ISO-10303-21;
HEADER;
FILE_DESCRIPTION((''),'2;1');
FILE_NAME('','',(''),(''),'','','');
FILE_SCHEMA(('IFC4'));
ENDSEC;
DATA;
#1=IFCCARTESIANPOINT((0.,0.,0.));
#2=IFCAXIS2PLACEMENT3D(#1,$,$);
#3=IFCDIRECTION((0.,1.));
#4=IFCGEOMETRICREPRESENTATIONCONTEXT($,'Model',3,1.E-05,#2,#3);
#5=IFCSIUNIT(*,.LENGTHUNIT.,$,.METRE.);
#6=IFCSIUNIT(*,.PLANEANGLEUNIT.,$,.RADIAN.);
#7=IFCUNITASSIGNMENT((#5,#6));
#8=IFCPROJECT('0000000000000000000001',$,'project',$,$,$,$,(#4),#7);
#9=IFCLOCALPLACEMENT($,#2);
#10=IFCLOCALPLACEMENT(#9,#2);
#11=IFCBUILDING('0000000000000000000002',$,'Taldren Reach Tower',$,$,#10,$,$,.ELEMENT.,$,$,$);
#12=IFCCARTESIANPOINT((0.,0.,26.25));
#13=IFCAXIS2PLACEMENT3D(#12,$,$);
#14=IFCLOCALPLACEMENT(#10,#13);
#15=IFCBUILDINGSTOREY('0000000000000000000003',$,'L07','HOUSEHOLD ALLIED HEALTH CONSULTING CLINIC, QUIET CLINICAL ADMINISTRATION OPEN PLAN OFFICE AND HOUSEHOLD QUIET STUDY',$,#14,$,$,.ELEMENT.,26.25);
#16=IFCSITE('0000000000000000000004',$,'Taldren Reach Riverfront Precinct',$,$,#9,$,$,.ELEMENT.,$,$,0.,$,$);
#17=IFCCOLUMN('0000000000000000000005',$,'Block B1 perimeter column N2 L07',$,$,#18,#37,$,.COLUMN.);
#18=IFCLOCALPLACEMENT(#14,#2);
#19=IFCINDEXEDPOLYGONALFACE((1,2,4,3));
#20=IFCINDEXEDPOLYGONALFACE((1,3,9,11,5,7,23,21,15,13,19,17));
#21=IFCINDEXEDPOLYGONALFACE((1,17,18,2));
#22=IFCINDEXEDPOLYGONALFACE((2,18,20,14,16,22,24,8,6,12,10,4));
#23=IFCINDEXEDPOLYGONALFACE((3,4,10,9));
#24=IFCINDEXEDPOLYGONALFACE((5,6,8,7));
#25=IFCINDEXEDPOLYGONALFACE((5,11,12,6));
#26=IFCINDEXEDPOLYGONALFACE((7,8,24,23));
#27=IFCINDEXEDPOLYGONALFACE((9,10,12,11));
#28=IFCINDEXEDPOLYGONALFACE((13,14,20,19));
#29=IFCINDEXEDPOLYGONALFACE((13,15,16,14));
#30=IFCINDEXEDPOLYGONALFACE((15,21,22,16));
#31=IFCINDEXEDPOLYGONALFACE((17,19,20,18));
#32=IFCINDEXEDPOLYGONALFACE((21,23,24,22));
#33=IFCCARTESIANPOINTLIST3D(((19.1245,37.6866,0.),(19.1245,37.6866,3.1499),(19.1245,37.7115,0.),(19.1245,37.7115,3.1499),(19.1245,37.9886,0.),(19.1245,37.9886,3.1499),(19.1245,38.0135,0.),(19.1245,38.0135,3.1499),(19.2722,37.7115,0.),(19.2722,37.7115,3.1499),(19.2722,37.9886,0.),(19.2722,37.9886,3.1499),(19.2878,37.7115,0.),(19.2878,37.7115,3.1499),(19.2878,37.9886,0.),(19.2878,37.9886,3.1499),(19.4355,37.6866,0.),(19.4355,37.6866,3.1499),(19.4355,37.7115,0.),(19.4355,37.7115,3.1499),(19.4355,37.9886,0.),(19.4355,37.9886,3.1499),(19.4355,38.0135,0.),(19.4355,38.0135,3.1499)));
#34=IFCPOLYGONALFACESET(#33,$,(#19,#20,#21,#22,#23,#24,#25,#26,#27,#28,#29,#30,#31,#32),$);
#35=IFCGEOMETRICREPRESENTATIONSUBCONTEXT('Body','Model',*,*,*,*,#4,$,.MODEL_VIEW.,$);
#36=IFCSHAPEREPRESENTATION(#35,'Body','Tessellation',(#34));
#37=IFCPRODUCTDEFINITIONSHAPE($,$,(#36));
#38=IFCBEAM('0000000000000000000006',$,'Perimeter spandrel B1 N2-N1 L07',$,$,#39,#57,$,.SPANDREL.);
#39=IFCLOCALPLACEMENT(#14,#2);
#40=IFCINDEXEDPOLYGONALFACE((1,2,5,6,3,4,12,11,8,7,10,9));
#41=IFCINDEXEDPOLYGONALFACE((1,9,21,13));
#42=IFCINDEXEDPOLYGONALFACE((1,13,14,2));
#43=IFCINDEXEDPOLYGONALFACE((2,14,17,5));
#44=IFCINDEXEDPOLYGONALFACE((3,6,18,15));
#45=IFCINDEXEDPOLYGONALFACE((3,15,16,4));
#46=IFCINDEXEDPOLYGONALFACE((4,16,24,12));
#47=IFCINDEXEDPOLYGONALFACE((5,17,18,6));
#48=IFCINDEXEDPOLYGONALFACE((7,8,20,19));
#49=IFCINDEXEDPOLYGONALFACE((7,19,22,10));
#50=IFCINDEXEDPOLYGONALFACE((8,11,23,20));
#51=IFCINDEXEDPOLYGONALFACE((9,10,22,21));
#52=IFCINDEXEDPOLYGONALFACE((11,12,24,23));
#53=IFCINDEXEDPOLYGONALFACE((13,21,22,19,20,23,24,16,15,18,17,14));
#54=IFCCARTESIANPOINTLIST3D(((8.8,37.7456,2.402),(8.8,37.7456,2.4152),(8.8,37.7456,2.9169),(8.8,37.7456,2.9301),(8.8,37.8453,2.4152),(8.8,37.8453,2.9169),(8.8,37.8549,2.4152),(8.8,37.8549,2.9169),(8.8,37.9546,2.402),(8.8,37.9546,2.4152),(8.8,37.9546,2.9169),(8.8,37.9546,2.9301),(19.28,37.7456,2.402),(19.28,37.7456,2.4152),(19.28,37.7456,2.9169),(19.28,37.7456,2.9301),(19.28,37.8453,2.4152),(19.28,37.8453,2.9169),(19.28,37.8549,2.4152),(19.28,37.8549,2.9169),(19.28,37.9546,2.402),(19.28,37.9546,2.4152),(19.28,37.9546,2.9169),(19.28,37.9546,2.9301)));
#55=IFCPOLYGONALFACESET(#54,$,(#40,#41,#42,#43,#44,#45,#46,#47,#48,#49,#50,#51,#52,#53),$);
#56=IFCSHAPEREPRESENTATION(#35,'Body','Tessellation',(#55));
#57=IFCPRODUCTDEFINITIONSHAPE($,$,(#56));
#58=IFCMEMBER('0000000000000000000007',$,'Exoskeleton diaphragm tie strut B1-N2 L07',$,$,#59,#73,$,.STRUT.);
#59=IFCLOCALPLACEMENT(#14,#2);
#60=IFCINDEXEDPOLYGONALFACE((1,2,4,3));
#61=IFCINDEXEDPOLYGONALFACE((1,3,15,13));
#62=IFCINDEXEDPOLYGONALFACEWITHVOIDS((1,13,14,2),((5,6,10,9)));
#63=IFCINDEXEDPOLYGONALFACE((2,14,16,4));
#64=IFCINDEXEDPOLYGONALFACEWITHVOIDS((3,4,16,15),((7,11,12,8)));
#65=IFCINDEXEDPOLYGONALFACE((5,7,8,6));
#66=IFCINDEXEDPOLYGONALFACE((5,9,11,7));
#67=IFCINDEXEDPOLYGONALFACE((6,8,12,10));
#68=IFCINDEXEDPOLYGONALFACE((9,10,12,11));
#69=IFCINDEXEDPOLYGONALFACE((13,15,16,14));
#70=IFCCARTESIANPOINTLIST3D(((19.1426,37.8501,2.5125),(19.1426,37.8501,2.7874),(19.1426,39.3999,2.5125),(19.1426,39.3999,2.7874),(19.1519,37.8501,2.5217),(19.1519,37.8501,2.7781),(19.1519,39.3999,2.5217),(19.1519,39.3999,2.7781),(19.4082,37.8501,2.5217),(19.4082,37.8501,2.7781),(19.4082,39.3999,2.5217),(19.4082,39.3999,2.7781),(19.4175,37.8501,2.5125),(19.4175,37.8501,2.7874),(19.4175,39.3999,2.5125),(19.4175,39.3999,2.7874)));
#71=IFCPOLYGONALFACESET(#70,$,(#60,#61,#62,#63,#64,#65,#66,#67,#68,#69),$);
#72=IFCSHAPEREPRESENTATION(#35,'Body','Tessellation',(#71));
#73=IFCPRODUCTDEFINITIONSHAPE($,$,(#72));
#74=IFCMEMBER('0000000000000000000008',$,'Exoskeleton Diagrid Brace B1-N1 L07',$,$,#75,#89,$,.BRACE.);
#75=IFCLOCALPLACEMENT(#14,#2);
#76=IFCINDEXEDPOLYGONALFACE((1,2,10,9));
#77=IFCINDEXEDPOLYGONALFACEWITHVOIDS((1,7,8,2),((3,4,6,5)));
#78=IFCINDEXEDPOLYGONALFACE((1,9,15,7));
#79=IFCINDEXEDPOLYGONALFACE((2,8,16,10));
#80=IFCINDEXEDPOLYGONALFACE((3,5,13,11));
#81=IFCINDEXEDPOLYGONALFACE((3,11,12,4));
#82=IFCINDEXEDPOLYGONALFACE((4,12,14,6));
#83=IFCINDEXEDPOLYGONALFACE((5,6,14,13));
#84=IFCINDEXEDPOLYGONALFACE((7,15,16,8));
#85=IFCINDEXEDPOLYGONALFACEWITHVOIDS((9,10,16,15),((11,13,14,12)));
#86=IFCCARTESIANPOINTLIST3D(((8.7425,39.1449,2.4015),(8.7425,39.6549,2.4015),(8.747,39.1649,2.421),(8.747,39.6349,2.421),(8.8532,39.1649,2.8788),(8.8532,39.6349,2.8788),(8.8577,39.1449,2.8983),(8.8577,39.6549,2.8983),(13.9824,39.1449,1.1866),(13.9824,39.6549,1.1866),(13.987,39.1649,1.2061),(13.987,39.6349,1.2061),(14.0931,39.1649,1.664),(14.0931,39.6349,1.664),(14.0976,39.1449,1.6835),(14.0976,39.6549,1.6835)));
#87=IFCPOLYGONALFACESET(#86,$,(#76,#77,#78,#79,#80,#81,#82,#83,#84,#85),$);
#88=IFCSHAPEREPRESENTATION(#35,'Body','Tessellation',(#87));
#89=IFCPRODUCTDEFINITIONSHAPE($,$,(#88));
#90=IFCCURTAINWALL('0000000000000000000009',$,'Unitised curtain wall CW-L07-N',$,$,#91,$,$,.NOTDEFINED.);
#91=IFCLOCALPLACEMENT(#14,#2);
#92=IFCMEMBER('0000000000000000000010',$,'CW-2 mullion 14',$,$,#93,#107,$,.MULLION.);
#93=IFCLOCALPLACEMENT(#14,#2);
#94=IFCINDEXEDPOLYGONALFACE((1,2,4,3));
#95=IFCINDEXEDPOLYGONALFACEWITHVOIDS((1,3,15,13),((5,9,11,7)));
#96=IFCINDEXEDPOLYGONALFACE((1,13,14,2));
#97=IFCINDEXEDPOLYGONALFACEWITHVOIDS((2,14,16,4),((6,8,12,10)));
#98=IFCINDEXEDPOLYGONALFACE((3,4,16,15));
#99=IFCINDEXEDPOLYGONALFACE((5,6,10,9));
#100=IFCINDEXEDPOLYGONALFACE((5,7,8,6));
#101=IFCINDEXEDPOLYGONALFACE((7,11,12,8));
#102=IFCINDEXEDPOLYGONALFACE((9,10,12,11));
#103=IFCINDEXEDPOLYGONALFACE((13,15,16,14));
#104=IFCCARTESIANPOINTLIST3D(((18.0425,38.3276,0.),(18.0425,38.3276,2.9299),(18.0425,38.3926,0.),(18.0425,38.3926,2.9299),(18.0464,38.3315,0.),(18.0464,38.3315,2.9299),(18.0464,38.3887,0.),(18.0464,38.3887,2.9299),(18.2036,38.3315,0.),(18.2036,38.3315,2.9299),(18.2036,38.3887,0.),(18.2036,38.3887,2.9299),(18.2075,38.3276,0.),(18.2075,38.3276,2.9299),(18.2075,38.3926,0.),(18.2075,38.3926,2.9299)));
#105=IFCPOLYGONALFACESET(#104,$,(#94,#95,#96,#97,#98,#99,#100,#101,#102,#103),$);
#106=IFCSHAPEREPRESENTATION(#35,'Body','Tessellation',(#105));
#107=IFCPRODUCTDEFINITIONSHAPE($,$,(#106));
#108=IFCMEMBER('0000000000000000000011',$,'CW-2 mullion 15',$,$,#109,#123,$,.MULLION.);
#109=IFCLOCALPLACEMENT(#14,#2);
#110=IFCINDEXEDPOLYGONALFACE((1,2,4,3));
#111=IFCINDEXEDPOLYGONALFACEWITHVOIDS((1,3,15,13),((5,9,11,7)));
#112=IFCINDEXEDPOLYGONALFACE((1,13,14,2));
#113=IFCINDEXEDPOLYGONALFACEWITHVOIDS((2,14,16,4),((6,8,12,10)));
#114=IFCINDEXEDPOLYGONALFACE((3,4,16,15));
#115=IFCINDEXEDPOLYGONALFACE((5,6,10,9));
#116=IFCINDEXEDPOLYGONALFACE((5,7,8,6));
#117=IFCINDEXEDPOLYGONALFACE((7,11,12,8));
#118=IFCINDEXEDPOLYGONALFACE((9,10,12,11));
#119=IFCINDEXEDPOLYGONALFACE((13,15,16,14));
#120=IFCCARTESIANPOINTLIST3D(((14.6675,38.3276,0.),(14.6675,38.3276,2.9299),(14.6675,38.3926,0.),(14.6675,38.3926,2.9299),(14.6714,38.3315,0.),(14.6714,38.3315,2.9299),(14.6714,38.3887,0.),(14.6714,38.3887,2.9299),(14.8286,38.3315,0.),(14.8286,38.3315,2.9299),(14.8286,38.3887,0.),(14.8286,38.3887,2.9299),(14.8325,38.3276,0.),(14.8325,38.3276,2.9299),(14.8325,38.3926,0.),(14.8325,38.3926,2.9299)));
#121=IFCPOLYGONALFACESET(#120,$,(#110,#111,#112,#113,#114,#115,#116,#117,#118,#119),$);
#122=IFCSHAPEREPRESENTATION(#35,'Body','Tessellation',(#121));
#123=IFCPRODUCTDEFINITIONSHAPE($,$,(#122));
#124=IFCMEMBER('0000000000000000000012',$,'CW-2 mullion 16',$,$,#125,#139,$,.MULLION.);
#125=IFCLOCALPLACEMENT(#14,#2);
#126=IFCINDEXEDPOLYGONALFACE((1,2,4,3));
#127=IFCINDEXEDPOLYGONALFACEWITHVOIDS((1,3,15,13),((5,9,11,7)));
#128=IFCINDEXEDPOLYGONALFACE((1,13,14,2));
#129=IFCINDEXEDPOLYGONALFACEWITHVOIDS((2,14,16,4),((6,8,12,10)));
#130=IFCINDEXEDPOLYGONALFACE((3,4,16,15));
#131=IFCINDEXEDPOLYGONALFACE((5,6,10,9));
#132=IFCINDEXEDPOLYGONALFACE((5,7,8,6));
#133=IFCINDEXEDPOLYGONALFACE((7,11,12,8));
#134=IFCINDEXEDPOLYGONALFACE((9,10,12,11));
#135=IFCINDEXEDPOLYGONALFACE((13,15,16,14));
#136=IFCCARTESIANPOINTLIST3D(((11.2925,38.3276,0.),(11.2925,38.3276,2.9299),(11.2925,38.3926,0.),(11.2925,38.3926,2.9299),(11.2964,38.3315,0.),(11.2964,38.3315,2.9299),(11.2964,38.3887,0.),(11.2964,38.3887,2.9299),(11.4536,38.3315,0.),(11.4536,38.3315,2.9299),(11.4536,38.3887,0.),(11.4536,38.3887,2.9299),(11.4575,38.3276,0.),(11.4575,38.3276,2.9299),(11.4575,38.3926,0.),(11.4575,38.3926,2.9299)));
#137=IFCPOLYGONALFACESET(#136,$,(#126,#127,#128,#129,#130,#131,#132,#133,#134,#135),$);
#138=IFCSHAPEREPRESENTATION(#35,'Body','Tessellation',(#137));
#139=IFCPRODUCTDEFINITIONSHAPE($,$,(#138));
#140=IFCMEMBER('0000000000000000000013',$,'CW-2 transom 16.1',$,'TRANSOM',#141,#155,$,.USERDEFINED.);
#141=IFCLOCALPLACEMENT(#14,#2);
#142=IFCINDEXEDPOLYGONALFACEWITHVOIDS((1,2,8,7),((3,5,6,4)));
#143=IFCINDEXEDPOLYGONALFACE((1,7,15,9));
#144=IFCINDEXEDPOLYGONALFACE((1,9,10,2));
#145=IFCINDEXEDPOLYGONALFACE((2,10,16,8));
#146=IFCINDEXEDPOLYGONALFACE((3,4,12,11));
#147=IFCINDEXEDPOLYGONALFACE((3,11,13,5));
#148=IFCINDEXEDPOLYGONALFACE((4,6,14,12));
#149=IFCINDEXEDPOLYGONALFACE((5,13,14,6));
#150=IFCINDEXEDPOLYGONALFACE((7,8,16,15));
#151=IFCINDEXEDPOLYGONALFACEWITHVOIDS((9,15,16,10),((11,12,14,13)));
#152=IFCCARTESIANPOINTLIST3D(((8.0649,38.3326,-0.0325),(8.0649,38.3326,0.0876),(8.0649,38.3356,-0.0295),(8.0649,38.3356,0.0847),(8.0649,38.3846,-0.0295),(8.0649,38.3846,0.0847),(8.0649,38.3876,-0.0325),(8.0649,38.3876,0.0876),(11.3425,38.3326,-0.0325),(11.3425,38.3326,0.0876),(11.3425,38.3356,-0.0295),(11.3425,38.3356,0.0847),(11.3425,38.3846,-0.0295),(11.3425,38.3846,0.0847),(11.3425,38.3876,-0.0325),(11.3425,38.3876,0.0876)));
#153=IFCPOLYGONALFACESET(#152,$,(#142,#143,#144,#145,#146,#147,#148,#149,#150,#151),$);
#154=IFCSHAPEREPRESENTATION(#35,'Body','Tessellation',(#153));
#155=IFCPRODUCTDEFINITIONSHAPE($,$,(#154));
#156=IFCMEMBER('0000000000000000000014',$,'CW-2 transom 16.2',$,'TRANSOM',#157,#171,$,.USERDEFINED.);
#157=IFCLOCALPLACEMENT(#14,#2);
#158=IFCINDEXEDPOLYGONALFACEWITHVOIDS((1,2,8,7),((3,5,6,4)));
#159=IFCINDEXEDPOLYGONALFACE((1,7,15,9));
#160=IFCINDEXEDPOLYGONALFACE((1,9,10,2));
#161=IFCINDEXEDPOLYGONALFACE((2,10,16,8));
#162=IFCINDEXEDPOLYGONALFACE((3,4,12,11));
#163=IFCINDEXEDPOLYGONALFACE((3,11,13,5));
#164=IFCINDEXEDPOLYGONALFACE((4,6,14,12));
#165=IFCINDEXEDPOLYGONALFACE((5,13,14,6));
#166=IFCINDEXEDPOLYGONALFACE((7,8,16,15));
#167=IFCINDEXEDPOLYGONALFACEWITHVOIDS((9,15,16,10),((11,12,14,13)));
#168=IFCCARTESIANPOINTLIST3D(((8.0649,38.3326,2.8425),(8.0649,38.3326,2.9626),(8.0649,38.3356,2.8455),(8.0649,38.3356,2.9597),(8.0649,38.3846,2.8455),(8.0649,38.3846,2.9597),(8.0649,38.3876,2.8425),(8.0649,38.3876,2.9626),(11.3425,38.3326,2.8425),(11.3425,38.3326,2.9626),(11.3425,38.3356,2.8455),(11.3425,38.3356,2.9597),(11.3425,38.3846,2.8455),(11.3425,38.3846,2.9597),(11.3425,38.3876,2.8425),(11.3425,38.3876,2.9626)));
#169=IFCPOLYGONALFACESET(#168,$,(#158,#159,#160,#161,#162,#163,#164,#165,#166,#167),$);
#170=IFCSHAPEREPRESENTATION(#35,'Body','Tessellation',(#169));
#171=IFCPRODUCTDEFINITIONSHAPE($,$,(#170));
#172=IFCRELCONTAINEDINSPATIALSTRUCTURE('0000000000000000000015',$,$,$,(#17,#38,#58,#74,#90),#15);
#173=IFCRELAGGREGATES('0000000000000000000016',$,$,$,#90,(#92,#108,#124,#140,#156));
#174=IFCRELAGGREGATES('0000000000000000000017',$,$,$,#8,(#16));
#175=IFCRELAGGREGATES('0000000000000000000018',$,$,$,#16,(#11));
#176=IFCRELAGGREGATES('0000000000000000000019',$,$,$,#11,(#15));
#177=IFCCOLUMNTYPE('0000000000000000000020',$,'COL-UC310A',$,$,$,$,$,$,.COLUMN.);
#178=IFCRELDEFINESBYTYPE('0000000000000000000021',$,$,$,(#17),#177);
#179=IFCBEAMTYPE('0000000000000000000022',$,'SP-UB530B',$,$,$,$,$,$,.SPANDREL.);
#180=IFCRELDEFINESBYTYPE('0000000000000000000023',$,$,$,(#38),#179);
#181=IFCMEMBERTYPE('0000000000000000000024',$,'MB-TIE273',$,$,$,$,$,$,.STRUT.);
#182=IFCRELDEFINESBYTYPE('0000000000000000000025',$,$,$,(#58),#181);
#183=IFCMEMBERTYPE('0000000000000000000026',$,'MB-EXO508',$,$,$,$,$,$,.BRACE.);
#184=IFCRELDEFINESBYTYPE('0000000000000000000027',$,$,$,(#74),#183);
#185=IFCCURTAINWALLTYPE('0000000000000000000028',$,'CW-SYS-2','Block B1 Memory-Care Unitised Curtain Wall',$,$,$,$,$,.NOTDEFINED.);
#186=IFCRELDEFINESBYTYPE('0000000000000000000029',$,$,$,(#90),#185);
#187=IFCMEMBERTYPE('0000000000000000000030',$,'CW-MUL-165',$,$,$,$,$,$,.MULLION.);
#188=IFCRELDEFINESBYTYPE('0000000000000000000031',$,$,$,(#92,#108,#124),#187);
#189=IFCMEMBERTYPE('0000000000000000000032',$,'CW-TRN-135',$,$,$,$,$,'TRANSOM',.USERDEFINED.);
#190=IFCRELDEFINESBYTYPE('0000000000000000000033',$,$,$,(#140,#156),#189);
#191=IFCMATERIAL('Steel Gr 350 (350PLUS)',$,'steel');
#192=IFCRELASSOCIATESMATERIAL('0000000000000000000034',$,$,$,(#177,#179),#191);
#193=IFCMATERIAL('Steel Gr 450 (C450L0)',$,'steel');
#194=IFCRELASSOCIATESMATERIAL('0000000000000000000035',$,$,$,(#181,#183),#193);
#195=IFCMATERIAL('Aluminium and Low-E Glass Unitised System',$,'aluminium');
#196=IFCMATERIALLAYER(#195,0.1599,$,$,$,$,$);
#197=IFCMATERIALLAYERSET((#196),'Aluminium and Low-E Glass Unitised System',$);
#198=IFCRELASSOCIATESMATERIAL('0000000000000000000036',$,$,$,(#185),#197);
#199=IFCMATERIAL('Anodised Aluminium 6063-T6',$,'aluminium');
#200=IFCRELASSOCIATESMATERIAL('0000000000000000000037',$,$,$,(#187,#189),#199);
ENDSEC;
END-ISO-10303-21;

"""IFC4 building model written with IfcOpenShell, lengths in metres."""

from ifc_helpers import new_model, si_unit, direction, frame, origin, origin_2d, place, context, subcontext, project, spatial, hollow_rectangle, i_section, extrude, source, transform, mapped, material, layer, layer_set, material_profile, profile_set, type_object, element, aggregate, save


model = new_model("IFC4")

# Units and contexts
model_context = context("Model", 3, precision=1e-05, world=origin(), true_north=direction((0.0, 1.0)))
body_context = subcontext(model_context, "Body", "Model", "MODEL_VIEW")
ifc_project = project(units=[si_unit("LENGTHUNIT", "METRE"), si_unit("PLANEANGLEUNIT", "RADIAN")], contexts=[model_context])

# Site, building, storey
site_placement = place(None, origin())
site = spatial("IfcSite", under=ifc_project, at=site_placement, Name="Taldren Reach Riverfront Precinct", CompositionType="ELEMENT", RefElevation=0.0)
building_placement = place(site_placement, origin())
building = spatial("IfcBuilding", under=site, at=building_placement, Name="Taldren Reach Tower", CompositionType="ELEMENT")
storey_placement = place(building_placement, frame((0.0, 0.0, 26.25)))
storey = spatial("IfcBuildingStorey", under=building, at=storey_placement, Name="L07", Description="HOUSEHOLD ALLIED HEALTH CONSULTING CLINIC, QUIET CLINICAL ADMINISTRATION OPEN PLAN OFFICE AND HOUSEHOLD QUIET STUDY", CompositionType="ELEMENT", Elevation=26.25)

# Column
ifc_material_1 = material(Name="Steel Gr 350 (350PLUS)", Category="steel")
ifc_material_profile_1 = material_profile(ifc_material_1, i_section(OverallWidth=0.311, OverallDepth=0.3269, WebThickness=0.0156, FlangeThickness=0.0249, at=origin_2d()), Name="310UC158")
ifc_profile_set_1 = profile_set([ifc_material_profile_1], Name="Steel Gr 350 (350PLUS)")
column_type = type_object("IfcColumnType", Name="COL-UC310A", PredefinedType="COLUMN", material=ifc_profile_set_1)
shared_shape_1 = source(origin(), body_context, "Body", "SweptSolid", [
    extrude(i_section(OverallWidth=0.311, OverallDepth=0.3269, WebThickness=0.0156, FlangeThickness=0.0249, at=origin_2d()), origin(), (0.0, 0.0, 1.0), 3.1499),
])
column_placement = place(storey_placement, frame((19.28, 37.8501, 0.0), z_axis=(0.0, 0.0, 1.0), x_axis=(1.0, 0.0, 0.0)))
element("IfcColumn", 1, at=column_placement, inside=storey, type_object=column_type, Name="Block B1 perimeter column N2 L07", PredefinedType="COLUMN", context=body_context, shape_type="MappedRepresentation", body=[
    mapped(shared_shape_1, transform((0.0, 0.0, 0.0), scale=1.0)),
])

# Beam
ifc_material_profile_2 = material_profile(ifc_material_1, i_section(OverallWidth=0.209, OverallDepth=0.5281, WebThickness=0.0095, FlangeThickness=0.0132, at=origin_2d()), Name="530UB82.0")
ifc_profile_set_2 = profile_set([ifc_material_profile_2], Name="Steel Gr 350 (350PLUS)")
beam_type = type_object("IfcBeamType", Name="SP-UB530B", PredefinedType="SPANDREL", material=ifc_profile_set_2)
shared_shape_2 = source(origin(), body_context, "Body", "SweptSolid", [
    extrude(i_section(OverallWidth=0.209, OverallDepth=0.5281, WebThickness=0.0095, FlangeThickness=0.0132, at=origin_2d()), origin(), (0.0, 0.0, 1.0), 10.48),
])
beam_placement = place(storey_placement, frame((19.28, 37.8501, 2.666), z_axis=(-1.0, 0.0, 0.0), x_axis=(0.0, -1.0, 0.0)))
element("IfcBeam", 2, at=beam_placement, inside=storey, type_object=beam_type, Name="Perimeter spandrel B1 N2-N1 L07", PredefinedType="SPANDREL", context=body_context, shape_type="MappedRepresentation", body=[
    mapped(shared_shape_2, transform((0.0, 0.0, 0.0), scale=1.0)),
])

# Members
ifc_material_2 = material(Name="Steel Gr 450 (C450L0)", Category="steel")
ifc_material_profile_3 = material_profile(ifc_material_2, hollow_rectangle(XDim=0.2749, YDim=0.2749, WallThickness=0.0093, at=origin_2d()), Name="275x275x9.3SHS")
ifc_profile_set_3 = profile_set([ifc_material_profile_3], Name="Steel Gr 450 (C450L0)")
member_type_1 = type_object("IfcMemberType", Name="MB-TIE273", PredefinedType="STRUT", material=ifc_profile_set_3)
shared_shape_3 = source(origin(), body_context, "Body", "SweptSolid", [
    extrude(hollow_rectangle(XDim=0.2749, YDim=0.2749, WallThickness=0.0093, at=origin_2d()), origin(), (0.0, 0.0, 1.0), 1.5498),
])
member_1_placement = place(storey_placement, frame((19.28, 37.8501, 2.6499), z_axis=(0.0, 1.0, 0.0), x_axis=(-1.0, 0.0, 0.0)))
element("IfcMember", 3, at=member_1_placement, inside=storey, type_object=member_type_1, Name="Exoskeleton diaphragm tie strut B1-N2 L07", PredefinedType="STRUT", context=body_context, shape_type="MappedRepresentation", body=[
    mapped(shared_shape_3, transform((0.0, 0.0, 0.0), scale=1.0)),
])
ifc_material_profile_4 = material_profile(ifc_material_2, hollow_rectangle(XDim=0.51, YDim=0.51, WallThickness=0.02, at=origin_2d()), Name="510x510x20.0SHS")
ifc_profile_set_4 = profile_set([ifc_material_profile_4], Name="Steel Gr 450 (C450L0)")
member_type_2 = type_object("IfcMemberType", Name="MB-EXO508", PredefinedType="BRACE", material=ifc_profile_set_4)
shared_shape_4 = source(origin(), body_context, "Body", "SweptSolid", [
    extrude(hollow_rectangle(XDim=0.51, YDim=0.51, WallThickness=0.02, at=origin_2d()), origin(), (0.0, 0.0, 1.0), 5.3789),
])
member_2_placement = place(storey_placement, frame((14.04, 39.3999, 1.4351), z_axis=(-0.974162, 0.0, 0.225851), x_axis=(0.0, -1.0, 0.0)))
element("IfcMember", 4, at=member_2_placement, inside=storey, type_object=member_type_2, Name="Exoskeleton Diagrid Brace B1-N1 L07", PredefinedType="BRACE", context=body_context, shape_type="MappedRepresentation", body=[
    mapped(shared_shape_4, transform((0.0, 0.0, 0.0), scale=1.0)),
])

# Curtain wall, members
ifc_material_3 = material(Name="Aluminium and Low-E Glass Unitised System", Category="aluminium")
ifc_layer_1 = layer(ifc_material_3, 0.1599)
ifc_layer_set_1 = layer_set([ifc_layer_1], Name="Aluminium and Low-E Glass Unitised System")
curtain_wall_type = type_object("IfcCurtainWallType", Name="CW-SYS-2", Description="Block B1 Memory-Care Unitised Curtain Wall", PredefinedType="NOTDEFINED", material=ifc_layer_set_1)
curtain_wall_placement = place(storey_placement, origin())
curtain_wall = element("IfcCurtainWall", 5, at=curtain_wall_placement, inside=storey, type_object=curtain_wall_type, Name="Unitised curtain wall CW-L07-N", PredefinedType="NOTDEFINED")
ifc_material_4 = material(Name="Anodised Aluminium 6063-T6", Category="aluminium")
ifc_material_profile_5 = material_profile(ifc_material_4, hollow_rectangle(XDim=0.0649, YDim=0.165, WallThickness=0.0039, at=origin_2d()), Name="ALU-165x65x4RHS")
ifc_profile_set_5 = profile_set([ifc_material_profile_5], Name="Anodised Aluminium 6063-T6")
member_type_3 = type_object("IfcMemberType", Name="CW-MUL-165", PredefinedType="MULLION", material=ifc_profile_set_5)
shared_shape_5 = source(origin(), body_context, "Body", "SweptSolid", [
    extrude(hollow_rectangle(XDim=0.0649, YDim=0.165, WallThickness=0.0039, at=origin_2d()), origin(), (0.0, 0.0, 1.0), 2.9299),
])
member_3_placement = place(storey_placement, frame((18.125, 38.3601, 0.0), z_axis=(0.0, 0.0, 1.0), x_axis=(0.0, -1.0, 0.0)))
member_3 = element("IfcMember", 6, at=member_3_placement, type_object=member_type_3, Name="CW-2 mullion 14", PredefinedType="MULLION", context=body_context, shape_type="MappedRepresentation", body=[
    mapped(shared_shape_5, transform((0.0, 0.0, 0.0), scale=1.0)),
])
member_4_placement = place(storey_placement, frame((14.75, 38.3601, 0.0), z_axis=(0.0, 0.0, 1.0), x_axis=(0.0, -1.0, 0.0)))
member_4 = element("IfcMember", 7, at=member_4_placement, type_object=member_type_3, Name="CW-2 mullion 15", PredefinedType="MULLION", context=body_context, shape_type="MappedRepresentation", body=[
    mapped(shared_shape_5, transform((0.0, 0.0, 0.0), scale=1.0)),
])
member_5_placement = place(storey_placement, frame((11.375, 38.3601, 0.0), z_axis=(0.0, 0.0, 1.0), x_axis=(0.0, -1.0, 0.0)))
member_5 = element("IfcMember", 8, at=member_5_placement, type_object=member_type_3, Name="CW-2 mullion 16", PredefinedType="MULLION", context=body_context, shape_type="MappedRepresentation", body=[
    mapped(shared_shape_5, transform((0.0, 0.0, 0.0), scale=1.0)),
])
ifc_material_profile_6 = material_profile(ifc_material_4, hollow_rectangle(XDim=0.0549, YDim=0.1201, WallThickness=0.0029, at=origin_2d()), Name="ALU-120x55x3RHS")
ifc_profile_set_6 = profile_set([ifc_material_profile_6], Name="Anodised Aluminium 6063-T6")
member_type_4 = type_object("IfcMemberType", Name="CW-TRN-135", ElementType="TRANSOM", PredefinedType="USERDEFINED", material=ifc_profile_set_6)
shared_shape_6 = source(origin(), body_context, "Body", "SweptSolid", [
    extrude(hollow_rectangle(XDim=0.0549, YDim=0.1201, WallThickness=0.0029, at=origin_2d()), origin(), (0.0, 0.0, 1.0), 3.2776),
])
member_6_placement = place(storey_placement, frame((11.3425, 38.3601, 0.0276), z_axis=(-1.0, 0.0, 0.0), x_axis=(0.0, -1.0, 0.0)))
member_6 = element("IfcMember", 9, at=member_6_placement, type_object=member_type_4, Name="CW-2 transom 16.1", ObjectType="TRANSOM", PredefinedType="USERDEFINED", context=body_context, shape_type="MappedRepresentation", body=[
    mapped(shared_shape_6, transform((0.0, 0.0, 0.0), scale=1.0)),
])
member_7_placement = place(storey_placement, frame((11.3425, 38.3601, 2.9026), z_axis=(-1.0, 0.0, 0.0), x_axis=(0.0, -1.0, 0.0)))
member_7 = element("IfcMember", 10, at=member_7_placement, type_object=member_type_4, Name="CW-2 transom 16.2", ObjectType="TRANSOM", PredefinedType="USERDEFINED", context=body_context, shape_type="MappedRepresentation", body=[
    mapped(shared_shape_6, transform((0.0, 0.0, 0.0), scale=1.0)),
])
aggregate(curtain_wall, [member_3, member_4, member_5, member_6, member_7])

save(model, "model.ifc")
